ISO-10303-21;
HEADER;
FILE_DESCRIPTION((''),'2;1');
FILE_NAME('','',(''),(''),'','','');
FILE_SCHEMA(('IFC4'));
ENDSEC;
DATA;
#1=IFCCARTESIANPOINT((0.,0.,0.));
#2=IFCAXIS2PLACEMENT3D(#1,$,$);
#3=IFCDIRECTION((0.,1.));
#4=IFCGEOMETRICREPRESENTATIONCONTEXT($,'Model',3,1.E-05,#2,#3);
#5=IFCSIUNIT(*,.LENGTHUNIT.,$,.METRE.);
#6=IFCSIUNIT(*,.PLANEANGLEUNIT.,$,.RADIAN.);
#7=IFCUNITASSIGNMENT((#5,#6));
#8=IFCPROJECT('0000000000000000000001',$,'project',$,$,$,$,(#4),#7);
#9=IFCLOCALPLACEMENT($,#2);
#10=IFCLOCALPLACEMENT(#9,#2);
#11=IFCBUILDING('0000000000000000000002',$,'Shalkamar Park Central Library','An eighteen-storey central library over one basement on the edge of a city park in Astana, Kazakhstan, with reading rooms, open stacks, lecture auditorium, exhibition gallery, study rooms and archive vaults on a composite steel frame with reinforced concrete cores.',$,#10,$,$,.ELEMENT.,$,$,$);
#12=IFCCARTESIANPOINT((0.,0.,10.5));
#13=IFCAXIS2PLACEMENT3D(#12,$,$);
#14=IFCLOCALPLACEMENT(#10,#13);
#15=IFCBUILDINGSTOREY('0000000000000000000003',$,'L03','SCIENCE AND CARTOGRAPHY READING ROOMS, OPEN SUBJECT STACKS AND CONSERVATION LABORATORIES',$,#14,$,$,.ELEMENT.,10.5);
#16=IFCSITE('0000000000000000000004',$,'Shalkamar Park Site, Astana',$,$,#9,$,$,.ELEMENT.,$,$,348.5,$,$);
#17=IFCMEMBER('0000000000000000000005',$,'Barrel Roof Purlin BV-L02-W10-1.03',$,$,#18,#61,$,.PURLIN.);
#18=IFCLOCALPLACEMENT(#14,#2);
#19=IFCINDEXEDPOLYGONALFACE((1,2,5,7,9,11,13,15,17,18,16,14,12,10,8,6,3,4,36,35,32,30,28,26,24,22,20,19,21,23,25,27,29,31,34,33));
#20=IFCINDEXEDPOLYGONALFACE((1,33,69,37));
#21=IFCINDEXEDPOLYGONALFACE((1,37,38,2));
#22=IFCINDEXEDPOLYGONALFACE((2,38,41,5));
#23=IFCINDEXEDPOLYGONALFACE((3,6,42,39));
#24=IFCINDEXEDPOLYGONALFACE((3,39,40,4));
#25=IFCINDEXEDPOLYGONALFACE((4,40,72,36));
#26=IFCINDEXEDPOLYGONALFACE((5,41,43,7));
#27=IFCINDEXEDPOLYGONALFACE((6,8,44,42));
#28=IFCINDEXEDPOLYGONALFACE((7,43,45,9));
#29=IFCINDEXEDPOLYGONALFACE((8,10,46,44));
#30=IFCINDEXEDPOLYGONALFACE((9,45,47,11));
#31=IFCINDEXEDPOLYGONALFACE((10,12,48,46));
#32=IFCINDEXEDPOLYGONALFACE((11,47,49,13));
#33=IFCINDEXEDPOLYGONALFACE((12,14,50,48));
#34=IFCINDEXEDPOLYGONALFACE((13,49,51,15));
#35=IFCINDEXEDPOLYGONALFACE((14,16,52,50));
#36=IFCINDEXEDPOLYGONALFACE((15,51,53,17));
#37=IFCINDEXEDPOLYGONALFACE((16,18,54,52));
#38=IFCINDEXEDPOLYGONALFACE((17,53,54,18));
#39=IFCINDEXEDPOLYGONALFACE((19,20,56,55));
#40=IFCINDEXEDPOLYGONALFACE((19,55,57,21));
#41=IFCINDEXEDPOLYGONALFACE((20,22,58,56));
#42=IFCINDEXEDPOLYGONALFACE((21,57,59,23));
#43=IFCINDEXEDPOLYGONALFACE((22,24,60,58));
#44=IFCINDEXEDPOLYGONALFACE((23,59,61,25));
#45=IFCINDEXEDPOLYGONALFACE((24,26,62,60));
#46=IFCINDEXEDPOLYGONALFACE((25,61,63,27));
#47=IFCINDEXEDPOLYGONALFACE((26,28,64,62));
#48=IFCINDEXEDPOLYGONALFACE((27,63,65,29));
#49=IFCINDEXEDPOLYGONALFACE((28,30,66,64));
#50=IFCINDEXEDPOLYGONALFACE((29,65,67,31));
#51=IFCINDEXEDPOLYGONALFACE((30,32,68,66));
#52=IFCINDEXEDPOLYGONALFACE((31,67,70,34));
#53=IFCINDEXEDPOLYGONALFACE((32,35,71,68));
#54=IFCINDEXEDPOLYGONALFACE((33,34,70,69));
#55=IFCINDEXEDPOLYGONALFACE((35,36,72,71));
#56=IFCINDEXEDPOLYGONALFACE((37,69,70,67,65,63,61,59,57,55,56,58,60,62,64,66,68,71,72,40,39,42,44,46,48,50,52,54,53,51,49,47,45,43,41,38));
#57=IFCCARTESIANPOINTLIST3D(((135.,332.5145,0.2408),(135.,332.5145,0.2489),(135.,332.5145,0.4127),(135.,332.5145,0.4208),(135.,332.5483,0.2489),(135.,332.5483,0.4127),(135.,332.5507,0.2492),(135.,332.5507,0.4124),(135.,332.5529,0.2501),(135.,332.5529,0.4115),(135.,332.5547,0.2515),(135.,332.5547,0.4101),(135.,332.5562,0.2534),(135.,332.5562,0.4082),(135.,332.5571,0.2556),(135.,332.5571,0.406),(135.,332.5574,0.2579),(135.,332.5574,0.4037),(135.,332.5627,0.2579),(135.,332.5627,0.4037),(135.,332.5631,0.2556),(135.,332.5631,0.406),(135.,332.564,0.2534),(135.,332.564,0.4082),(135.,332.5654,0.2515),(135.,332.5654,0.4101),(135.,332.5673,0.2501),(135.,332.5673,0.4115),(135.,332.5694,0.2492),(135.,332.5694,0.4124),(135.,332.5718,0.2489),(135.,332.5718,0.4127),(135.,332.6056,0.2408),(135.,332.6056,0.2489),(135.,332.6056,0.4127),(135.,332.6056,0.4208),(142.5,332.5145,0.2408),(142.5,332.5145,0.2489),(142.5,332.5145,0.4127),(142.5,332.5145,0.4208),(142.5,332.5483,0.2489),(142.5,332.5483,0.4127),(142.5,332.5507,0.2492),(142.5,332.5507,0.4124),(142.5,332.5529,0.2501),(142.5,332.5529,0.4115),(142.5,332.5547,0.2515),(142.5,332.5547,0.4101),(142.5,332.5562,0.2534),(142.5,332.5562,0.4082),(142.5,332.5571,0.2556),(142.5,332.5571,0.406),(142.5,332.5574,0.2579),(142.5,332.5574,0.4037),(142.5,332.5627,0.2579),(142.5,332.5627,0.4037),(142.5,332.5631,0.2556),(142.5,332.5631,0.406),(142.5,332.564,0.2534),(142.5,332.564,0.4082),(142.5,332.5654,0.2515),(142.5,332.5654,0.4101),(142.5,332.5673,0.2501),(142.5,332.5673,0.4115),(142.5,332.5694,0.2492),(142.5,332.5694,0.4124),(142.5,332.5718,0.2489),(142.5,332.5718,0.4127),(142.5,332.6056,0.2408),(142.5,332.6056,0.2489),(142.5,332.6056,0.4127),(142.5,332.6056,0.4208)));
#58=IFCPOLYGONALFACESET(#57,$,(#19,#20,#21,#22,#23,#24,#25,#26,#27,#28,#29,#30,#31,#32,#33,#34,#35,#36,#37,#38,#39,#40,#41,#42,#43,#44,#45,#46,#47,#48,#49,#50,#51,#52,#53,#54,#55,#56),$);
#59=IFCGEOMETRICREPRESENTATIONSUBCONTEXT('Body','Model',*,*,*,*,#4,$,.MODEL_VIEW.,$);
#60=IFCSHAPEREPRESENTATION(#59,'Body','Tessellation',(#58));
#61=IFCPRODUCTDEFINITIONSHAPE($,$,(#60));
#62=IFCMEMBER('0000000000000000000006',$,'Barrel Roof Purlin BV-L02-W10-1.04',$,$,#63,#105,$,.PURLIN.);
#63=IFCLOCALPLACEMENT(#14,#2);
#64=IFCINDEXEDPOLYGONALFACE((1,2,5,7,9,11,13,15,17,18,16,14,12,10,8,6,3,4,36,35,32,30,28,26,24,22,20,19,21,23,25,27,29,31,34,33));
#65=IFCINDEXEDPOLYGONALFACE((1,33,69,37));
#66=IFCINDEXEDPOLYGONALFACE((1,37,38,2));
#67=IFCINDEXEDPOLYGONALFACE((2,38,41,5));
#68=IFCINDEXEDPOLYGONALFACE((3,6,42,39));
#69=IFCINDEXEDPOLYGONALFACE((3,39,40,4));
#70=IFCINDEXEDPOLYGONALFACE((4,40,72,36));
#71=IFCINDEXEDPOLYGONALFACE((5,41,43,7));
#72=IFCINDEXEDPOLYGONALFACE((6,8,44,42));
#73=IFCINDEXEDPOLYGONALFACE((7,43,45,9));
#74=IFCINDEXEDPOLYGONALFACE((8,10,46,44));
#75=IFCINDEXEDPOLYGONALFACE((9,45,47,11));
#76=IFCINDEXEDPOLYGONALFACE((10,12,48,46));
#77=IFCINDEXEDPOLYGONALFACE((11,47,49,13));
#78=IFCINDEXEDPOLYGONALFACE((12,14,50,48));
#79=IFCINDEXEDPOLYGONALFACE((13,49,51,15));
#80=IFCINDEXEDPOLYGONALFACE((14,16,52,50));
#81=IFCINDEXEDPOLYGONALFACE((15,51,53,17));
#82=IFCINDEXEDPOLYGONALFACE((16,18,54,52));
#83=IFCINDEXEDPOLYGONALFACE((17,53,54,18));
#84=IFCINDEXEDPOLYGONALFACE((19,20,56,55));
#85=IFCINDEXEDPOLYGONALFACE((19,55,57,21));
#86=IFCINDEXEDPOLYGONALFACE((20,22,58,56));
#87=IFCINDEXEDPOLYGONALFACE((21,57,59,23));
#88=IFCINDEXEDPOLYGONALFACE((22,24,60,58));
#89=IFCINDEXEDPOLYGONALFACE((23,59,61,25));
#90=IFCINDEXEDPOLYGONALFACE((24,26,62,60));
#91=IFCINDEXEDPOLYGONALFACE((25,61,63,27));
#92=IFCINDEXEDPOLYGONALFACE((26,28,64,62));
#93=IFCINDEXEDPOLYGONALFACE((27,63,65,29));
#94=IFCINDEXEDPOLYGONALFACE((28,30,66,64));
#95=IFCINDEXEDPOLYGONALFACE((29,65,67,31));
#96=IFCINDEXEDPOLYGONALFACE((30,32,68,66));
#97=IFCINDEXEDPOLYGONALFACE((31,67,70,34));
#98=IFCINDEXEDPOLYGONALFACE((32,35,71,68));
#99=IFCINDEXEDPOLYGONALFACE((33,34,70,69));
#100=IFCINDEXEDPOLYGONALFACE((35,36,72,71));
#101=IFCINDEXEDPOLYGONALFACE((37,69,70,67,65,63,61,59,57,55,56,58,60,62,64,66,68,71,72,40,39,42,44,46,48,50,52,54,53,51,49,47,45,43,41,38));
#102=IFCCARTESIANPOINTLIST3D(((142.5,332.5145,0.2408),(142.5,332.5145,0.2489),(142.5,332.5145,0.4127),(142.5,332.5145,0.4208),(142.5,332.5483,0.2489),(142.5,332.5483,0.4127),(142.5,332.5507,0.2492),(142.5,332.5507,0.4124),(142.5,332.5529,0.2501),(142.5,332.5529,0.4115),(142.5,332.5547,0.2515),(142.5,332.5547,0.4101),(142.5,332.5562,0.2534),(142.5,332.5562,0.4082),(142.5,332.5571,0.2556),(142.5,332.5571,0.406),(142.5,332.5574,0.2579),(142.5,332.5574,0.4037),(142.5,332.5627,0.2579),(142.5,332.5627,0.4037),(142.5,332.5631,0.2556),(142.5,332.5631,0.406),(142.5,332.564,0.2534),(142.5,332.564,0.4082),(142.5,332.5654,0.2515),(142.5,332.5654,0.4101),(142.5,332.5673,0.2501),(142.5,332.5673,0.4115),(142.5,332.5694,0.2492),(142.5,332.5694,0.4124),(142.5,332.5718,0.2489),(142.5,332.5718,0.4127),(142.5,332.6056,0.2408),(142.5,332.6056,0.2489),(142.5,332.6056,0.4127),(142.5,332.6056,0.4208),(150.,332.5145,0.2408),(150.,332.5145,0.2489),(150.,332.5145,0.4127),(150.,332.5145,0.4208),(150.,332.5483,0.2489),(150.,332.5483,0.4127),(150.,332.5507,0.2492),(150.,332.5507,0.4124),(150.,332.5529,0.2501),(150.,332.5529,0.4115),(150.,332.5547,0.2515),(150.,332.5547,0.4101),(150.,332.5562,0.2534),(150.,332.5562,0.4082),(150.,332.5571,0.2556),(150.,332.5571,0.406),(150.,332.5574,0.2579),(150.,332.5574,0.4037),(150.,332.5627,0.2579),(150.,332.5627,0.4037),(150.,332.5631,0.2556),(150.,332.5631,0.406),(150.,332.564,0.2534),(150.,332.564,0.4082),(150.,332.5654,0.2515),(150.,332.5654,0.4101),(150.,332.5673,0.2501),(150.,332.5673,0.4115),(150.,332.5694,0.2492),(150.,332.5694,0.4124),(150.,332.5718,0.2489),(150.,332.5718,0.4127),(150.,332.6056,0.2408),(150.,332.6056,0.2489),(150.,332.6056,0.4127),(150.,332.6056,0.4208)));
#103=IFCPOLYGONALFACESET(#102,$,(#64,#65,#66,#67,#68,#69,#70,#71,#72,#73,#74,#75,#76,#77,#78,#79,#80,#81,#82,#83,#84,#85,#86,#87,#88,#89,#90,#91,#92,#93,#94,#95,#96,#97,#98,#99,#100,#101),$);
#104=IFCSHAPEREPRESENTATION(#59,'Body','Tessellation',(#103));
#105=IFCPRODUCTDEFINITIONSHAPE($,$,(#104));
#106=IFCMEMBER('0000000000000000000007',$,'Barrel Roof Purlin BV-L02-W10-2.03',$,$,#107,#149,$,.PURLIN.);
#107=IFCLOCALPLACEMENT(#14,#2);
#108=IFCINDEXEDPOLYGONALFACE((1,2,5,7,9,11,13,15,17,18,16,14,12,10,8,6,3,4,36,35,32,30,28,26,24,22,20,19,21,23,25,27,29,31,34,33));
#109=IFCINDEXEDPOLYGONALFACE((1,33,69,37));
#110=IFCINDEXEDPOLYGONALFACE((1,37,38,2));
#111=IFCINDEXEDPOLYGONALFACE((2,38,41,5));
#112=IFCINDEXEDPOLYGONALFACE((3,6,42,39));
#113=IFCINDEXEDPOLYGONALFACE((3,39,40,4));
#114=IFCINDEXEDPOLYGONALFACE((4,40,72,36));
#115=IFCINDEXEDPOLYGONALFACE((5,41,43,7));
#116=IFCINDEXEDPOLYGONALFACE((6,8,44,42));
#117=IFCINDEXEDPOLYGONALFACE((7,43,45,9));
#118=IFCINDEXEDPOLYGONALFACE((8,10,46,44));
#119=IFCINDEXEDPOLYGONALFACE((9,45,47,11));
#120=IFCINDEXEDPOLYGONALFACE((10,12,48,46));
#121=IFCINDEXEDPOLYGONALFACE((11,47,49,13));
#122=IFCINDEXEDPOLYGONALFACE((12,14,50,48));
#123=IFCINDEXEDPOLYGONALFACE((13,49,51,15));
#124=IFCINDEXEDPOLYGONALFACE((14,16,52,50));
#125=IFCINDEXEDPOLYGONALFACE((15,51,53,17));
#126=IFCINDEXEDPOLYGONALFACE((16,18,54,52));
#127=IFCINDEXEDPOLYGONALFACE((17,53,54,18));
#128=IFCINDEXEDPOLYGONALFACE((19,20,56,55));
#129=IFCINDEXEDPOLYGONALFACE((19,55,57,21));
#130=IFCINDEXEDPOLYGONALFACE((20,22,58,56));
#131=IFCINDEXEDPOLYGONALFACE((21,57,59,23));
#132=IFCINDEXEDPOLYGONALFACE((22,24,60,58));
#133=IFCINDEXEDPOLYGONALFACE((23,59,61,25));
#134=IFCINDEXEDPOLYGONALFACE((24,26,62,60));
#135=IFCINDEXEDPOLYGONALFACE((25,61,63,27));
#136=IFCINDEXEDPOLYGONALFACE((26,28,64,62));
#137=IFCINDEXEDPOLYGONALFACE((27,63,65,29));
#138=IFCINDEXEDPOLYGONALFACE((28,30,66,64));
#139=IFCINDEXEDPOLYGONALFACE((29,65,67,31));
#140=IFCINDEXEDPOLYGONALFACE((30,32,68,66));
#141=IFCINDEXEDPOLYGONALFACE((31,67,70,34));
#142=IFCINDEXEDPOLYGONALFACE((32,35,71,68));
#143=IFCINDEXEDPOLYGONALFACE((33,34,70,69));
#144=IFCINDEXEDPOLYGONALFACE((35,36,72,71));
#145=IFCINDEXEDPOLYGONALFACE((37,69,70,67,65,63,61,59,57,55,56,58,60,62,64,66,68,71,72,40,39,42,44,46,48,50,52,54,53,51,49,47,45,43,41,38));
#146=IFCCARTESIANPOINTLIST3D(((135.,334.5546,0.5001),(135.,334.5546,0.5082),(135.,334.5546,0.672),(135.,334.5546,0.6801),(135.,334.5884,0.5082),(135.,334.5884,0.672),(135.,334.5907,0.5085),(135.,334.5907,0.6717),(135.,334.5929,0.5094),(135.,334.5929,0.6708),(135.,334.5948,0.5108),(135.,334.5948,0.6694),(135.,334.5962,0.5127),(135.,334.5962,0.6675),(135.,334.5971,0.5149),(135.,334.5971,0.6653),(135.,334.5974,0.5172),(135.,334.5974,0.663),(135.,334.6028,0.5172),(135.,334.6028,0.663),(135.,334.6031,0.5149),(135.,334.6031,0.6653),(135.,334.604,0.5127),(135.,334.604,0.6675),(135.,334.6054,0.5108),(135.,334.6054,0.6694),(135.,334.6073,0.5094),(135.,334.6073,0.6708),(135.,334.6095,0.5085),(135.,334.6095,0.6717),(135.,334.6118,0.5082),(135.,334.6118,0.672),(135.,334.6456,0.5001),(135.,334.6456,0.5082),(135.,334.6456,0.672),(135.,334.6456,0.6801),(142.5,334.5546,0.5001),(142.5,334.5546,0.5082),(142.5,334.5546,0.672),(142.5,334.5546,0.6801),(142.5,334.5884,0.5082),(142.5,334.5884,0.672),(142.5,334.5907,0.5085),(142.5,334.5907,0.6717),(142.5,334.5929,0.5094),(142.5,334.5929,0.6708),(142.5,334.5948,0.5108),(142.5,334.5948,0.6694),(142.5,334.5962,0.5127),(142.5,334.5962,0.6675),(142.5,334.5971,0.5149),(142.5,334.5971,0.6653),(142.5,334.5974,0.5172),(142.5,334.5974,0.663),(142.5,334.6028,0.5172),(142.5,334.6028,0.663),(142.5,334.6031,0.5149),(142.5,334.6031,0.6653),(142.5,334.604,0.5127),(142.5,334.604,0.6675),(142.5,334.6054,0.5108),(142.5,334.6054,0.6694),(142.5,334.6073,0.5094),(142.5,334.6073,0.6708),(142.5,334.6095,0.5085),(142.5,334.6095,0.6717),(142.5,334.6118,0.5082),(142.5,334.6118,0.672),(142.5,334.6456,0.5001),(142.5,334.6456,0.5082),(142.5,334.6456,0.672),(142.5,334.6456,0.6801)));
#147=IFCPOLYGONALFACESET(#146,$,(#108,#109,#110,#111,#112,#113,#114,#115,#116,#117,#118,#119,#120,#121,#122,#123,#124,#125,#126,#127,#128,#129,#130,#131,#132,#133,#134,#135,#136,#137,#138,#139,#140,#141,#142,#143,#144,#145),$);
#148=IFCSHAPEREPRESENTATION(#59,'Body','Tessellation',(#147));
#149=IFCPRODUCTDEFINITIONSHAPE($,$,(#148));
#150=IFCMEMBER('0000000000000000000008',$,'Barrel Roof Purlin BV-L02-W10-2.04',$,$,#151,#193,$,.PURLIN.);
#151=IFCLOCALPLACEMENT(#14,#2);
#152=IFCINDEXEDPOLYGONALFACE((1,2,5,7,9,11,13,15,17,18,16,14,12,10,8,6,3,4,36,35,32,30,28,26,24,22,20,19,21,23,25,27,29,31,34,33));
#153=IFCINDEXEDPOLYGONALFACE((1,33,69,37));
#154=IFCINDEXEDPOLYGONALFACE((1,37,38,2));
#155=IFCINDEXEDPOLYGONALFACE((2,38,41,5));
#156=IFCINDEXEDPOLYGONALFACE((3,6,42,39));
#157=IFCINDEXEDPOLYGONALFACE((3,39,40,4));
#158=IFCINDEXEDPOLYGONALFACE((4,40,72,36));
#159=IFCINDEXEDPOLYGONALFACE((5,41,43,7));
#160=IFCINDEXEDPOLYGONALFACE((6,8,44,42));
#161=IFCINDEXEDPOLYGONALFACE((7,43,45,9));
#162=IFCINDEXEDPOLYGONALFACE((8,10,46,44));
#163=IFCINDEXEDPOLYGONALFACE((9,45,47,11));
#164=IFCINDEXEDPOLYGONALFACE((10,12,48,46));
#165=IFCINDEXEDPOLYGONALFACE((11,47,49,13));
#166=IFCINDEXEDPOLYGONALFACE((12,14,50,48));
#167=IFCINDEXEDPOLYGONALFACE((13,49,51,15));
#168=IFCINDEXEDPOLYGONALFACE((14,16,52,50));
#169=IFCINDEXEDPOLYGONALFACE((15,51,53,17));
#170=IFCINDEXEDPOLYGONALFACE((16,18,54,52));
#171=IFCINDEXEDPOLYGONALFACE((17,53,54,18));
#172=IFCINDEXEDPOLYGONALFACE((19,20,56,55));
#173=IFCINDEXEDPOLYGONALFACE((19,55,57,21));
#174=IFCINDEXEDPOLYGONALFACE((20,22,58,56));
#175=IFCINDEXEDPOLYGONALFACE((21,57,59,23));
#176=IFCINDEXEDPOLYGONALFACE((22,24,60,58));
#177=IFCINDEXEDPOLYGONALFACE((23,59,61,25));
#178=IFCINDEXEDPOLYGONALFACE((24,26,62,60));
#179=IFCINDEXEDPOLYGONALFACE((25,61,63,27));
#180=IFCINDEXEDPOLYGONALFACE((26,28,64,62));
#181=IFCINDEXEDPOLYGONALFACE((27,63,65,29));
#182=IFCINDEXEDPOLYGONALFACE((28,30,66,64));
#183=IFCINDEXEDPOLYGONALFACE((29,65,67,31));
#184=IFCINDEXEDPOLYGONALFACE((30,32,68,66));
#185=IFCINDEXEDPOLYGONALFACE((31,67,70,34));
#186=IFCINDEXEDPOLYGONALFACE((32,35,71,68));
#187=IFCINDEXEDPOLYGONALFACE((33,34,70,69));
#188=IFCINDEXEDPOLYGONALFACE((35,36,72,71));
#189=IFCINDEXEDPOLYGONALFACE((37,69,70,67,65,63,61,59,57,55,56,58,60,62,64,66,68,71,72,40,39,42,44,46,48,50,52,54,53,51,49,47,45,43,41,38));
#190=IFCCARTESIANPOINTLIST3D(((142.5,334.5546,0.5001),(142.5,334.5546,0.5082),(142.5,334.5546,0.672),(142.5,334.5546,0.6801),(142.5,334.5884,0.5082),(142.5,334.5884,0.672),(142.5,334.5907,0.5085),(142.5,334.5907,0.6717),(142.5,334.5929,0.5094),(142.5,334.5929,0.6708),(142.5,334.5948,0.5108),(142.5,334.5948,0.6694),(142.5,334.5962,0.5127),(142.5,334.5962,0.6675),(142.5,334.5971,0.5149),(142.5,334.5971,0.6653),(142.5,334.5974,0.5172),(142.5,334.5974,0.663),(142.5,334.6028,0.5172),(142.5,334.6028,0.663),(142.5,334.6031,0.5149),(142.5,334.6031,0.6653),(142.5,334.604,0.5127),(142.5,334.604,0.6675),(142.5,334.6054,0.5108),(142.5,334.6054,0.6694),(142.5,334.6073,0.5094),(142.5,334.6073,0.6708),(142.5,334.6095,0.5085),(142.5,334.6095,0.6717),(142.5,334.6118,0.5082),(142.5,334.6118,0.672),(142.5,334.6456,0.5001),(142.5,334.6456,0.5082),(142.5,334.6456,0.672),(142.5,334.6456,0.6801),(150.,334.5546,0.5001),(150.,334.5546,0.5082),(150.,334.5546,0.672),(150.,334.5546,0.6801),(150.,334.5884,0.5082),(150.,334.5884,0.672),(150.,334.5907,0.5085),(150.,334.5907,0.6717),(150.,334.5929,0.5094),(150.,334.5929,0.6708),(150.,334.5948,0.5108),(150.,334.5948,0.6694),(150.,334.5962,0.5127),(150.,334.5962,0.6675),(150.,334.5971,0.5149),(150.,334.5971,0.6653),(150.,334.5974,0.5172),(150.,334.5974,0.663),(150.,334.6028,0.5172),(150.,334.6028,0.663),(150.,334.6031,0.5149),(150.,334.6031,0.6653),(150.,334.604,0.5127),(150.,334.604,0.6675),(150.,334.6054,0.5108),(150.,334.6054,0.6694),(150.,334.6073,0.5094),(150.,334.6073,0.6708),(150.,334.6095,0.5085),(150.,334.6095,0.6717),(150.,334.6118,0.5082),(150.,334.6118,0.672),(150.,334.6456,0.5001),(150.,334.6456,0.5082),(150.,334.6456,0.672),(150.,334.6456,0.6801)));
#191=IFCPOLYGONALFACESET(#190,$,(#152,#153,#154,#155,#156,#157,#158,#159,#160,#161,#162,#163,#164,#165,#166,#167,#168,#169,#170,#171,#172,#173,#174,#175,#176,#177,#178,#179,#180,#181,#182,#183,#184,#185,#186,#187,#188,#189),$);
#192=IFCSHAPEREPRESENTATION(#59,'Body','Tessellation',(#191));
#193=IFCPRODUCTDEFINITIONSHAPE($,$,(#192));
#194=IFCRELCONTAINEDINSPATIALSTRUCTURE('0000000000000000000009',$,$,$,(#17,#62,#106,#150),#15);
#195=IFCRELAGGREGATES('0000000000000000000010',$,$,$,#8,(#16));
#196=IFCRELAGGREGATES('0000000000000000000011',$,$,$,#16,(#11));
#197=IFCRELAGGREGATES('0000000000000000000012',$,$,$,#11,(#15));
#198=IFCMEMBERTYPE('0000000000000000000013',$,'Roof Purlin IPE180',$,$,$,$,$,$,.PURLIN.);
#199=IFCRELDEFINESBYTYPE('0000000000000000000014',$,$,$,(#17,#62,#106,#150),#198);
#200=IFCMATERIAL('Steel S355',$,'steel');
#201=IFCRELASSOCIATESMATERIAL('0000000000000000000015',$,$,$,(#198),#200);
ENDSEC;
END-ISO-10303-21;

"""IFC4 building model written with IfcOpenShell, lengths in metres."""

from ifc_helpers import new_model, si_unit, direction, frame, origin, origin_2d, place, context, subcontext, project, spatial, i_section, extrude, material, material_profile, profile_set, type_object, element, save


model = new_model("IFC4")

# Units and contexts
model_context = context("Model", 3, precision=1e-05, world=origin(), true_north=direction((0.0, 1.0)))
body_context = subcontext(model_context, "Body", "Model", "MODEL_VIEW")
ifc_project = project(units=[si_unit("LENGTHUNIT", "METRE"), si_unit("PLANEANGLEUNIT", "RADIAN")], contexts=[model_context])

# Site, building, storey
site_placement = place(None, origin())
site = spatial("IfcSite", under=ifc_project, at=site_placement, Name="Shalkamar Park Site, Astana", CompositionType="ELEMENT", RefElevation=348.5)
building_placement = place(site_placement, origin())
building = spatial("IfcBuilding", under=site, at=building_placement, Name="Shalkamar Park Central Library", Description="An eighteen-storey central library over one basement on the edge of a city park in Astana, Kazakhstan, with reading rooms, open stacks, lecture auditorium, exhibition gallery, study rooms and archive vaults on a composite steel frame with reinforced concrete cores.", CompositionType="ELEMENT")
storey_placement = place(building_placement, frame((0.0, 0.0, 10.5)))
storey = spatial("IfcBuildingStorey", under=building, at=storey_placement, Name="L03", Description="SCIENCE AND CARTOGRAPHY READING ROOMS, OPEN SUBJECT STACKS AND CONSERVATION LABORATORIES", CompositionType="ELEMENT", Elevation=10.5)

# Members
ifc_material_1 = material(Name="Steel S355", Category="steel")
ifc_material_profile_1 = material_profile(ifc_material_1, i_section(OverallWidth=0.0911, OverallDepth=0.1799, WebThickness=0.0054, FlangeThickness=0.0081, FilletRadius=0.009, at=origin_2d()), Name="IPE 180")
ifc_profile_set_1 = profile_set([ifc_material_profile_1], Name="Steel S355")
member_type_1 = type_object("IfcMemberType", Name="Roof Purlin IPE180", PredefinedType="PURLIN", material=ifc_profile_set_1)
for number, where, z_axis, x_axis, name in (
    (1, (135.0, 332.5601, 0.3308), (1.0, 0.0, 0.0), (0.0, 1.0, 0.0), "Barrel Roof Purlin BV-L02-W10-1.03"),
    (2, (142.5, 332.5601, 0.3308), (1.0, 0.0, 0.0), (0.0, 1.0, 0.0), "Barrel Roof Purlin BV-L02-W10-1.04"),
    (3, (135.0, 334.6001, 0.5901), (1.0, 0.0, 0.0), (0.0, 1.0, 0.0), "Barrel Roof Purlin BV-L02-W10-2.03"),
    (4, (142.5, 334.6001, 0.5901), (1.0, 0.0, 0.0), (0.0, 1.0, 0.0), "Barrel Roof Purlin BV-L02-W10-2.04"),
):
    element("IfcMember", number, at=place(storey_placement, frame(where, z_axis=z_axis, x_axis=x_axis)), inside=storey, type_object=member_type_1, Name=name, PredefinedType="PURLIN", context=body_context, shape_type="SweptSolid", body=[
        extrude(i_section(OverallWidth=0.0911, OverallDepth=0.1799, WebThickness=0.0054, FlangeThickness=0.0081, FilletRadius=0.009, at=origin_2d()), origin(), (0.0, 0.0, 1.0), 7.5),
    ])

save(model, "model.ifc")
